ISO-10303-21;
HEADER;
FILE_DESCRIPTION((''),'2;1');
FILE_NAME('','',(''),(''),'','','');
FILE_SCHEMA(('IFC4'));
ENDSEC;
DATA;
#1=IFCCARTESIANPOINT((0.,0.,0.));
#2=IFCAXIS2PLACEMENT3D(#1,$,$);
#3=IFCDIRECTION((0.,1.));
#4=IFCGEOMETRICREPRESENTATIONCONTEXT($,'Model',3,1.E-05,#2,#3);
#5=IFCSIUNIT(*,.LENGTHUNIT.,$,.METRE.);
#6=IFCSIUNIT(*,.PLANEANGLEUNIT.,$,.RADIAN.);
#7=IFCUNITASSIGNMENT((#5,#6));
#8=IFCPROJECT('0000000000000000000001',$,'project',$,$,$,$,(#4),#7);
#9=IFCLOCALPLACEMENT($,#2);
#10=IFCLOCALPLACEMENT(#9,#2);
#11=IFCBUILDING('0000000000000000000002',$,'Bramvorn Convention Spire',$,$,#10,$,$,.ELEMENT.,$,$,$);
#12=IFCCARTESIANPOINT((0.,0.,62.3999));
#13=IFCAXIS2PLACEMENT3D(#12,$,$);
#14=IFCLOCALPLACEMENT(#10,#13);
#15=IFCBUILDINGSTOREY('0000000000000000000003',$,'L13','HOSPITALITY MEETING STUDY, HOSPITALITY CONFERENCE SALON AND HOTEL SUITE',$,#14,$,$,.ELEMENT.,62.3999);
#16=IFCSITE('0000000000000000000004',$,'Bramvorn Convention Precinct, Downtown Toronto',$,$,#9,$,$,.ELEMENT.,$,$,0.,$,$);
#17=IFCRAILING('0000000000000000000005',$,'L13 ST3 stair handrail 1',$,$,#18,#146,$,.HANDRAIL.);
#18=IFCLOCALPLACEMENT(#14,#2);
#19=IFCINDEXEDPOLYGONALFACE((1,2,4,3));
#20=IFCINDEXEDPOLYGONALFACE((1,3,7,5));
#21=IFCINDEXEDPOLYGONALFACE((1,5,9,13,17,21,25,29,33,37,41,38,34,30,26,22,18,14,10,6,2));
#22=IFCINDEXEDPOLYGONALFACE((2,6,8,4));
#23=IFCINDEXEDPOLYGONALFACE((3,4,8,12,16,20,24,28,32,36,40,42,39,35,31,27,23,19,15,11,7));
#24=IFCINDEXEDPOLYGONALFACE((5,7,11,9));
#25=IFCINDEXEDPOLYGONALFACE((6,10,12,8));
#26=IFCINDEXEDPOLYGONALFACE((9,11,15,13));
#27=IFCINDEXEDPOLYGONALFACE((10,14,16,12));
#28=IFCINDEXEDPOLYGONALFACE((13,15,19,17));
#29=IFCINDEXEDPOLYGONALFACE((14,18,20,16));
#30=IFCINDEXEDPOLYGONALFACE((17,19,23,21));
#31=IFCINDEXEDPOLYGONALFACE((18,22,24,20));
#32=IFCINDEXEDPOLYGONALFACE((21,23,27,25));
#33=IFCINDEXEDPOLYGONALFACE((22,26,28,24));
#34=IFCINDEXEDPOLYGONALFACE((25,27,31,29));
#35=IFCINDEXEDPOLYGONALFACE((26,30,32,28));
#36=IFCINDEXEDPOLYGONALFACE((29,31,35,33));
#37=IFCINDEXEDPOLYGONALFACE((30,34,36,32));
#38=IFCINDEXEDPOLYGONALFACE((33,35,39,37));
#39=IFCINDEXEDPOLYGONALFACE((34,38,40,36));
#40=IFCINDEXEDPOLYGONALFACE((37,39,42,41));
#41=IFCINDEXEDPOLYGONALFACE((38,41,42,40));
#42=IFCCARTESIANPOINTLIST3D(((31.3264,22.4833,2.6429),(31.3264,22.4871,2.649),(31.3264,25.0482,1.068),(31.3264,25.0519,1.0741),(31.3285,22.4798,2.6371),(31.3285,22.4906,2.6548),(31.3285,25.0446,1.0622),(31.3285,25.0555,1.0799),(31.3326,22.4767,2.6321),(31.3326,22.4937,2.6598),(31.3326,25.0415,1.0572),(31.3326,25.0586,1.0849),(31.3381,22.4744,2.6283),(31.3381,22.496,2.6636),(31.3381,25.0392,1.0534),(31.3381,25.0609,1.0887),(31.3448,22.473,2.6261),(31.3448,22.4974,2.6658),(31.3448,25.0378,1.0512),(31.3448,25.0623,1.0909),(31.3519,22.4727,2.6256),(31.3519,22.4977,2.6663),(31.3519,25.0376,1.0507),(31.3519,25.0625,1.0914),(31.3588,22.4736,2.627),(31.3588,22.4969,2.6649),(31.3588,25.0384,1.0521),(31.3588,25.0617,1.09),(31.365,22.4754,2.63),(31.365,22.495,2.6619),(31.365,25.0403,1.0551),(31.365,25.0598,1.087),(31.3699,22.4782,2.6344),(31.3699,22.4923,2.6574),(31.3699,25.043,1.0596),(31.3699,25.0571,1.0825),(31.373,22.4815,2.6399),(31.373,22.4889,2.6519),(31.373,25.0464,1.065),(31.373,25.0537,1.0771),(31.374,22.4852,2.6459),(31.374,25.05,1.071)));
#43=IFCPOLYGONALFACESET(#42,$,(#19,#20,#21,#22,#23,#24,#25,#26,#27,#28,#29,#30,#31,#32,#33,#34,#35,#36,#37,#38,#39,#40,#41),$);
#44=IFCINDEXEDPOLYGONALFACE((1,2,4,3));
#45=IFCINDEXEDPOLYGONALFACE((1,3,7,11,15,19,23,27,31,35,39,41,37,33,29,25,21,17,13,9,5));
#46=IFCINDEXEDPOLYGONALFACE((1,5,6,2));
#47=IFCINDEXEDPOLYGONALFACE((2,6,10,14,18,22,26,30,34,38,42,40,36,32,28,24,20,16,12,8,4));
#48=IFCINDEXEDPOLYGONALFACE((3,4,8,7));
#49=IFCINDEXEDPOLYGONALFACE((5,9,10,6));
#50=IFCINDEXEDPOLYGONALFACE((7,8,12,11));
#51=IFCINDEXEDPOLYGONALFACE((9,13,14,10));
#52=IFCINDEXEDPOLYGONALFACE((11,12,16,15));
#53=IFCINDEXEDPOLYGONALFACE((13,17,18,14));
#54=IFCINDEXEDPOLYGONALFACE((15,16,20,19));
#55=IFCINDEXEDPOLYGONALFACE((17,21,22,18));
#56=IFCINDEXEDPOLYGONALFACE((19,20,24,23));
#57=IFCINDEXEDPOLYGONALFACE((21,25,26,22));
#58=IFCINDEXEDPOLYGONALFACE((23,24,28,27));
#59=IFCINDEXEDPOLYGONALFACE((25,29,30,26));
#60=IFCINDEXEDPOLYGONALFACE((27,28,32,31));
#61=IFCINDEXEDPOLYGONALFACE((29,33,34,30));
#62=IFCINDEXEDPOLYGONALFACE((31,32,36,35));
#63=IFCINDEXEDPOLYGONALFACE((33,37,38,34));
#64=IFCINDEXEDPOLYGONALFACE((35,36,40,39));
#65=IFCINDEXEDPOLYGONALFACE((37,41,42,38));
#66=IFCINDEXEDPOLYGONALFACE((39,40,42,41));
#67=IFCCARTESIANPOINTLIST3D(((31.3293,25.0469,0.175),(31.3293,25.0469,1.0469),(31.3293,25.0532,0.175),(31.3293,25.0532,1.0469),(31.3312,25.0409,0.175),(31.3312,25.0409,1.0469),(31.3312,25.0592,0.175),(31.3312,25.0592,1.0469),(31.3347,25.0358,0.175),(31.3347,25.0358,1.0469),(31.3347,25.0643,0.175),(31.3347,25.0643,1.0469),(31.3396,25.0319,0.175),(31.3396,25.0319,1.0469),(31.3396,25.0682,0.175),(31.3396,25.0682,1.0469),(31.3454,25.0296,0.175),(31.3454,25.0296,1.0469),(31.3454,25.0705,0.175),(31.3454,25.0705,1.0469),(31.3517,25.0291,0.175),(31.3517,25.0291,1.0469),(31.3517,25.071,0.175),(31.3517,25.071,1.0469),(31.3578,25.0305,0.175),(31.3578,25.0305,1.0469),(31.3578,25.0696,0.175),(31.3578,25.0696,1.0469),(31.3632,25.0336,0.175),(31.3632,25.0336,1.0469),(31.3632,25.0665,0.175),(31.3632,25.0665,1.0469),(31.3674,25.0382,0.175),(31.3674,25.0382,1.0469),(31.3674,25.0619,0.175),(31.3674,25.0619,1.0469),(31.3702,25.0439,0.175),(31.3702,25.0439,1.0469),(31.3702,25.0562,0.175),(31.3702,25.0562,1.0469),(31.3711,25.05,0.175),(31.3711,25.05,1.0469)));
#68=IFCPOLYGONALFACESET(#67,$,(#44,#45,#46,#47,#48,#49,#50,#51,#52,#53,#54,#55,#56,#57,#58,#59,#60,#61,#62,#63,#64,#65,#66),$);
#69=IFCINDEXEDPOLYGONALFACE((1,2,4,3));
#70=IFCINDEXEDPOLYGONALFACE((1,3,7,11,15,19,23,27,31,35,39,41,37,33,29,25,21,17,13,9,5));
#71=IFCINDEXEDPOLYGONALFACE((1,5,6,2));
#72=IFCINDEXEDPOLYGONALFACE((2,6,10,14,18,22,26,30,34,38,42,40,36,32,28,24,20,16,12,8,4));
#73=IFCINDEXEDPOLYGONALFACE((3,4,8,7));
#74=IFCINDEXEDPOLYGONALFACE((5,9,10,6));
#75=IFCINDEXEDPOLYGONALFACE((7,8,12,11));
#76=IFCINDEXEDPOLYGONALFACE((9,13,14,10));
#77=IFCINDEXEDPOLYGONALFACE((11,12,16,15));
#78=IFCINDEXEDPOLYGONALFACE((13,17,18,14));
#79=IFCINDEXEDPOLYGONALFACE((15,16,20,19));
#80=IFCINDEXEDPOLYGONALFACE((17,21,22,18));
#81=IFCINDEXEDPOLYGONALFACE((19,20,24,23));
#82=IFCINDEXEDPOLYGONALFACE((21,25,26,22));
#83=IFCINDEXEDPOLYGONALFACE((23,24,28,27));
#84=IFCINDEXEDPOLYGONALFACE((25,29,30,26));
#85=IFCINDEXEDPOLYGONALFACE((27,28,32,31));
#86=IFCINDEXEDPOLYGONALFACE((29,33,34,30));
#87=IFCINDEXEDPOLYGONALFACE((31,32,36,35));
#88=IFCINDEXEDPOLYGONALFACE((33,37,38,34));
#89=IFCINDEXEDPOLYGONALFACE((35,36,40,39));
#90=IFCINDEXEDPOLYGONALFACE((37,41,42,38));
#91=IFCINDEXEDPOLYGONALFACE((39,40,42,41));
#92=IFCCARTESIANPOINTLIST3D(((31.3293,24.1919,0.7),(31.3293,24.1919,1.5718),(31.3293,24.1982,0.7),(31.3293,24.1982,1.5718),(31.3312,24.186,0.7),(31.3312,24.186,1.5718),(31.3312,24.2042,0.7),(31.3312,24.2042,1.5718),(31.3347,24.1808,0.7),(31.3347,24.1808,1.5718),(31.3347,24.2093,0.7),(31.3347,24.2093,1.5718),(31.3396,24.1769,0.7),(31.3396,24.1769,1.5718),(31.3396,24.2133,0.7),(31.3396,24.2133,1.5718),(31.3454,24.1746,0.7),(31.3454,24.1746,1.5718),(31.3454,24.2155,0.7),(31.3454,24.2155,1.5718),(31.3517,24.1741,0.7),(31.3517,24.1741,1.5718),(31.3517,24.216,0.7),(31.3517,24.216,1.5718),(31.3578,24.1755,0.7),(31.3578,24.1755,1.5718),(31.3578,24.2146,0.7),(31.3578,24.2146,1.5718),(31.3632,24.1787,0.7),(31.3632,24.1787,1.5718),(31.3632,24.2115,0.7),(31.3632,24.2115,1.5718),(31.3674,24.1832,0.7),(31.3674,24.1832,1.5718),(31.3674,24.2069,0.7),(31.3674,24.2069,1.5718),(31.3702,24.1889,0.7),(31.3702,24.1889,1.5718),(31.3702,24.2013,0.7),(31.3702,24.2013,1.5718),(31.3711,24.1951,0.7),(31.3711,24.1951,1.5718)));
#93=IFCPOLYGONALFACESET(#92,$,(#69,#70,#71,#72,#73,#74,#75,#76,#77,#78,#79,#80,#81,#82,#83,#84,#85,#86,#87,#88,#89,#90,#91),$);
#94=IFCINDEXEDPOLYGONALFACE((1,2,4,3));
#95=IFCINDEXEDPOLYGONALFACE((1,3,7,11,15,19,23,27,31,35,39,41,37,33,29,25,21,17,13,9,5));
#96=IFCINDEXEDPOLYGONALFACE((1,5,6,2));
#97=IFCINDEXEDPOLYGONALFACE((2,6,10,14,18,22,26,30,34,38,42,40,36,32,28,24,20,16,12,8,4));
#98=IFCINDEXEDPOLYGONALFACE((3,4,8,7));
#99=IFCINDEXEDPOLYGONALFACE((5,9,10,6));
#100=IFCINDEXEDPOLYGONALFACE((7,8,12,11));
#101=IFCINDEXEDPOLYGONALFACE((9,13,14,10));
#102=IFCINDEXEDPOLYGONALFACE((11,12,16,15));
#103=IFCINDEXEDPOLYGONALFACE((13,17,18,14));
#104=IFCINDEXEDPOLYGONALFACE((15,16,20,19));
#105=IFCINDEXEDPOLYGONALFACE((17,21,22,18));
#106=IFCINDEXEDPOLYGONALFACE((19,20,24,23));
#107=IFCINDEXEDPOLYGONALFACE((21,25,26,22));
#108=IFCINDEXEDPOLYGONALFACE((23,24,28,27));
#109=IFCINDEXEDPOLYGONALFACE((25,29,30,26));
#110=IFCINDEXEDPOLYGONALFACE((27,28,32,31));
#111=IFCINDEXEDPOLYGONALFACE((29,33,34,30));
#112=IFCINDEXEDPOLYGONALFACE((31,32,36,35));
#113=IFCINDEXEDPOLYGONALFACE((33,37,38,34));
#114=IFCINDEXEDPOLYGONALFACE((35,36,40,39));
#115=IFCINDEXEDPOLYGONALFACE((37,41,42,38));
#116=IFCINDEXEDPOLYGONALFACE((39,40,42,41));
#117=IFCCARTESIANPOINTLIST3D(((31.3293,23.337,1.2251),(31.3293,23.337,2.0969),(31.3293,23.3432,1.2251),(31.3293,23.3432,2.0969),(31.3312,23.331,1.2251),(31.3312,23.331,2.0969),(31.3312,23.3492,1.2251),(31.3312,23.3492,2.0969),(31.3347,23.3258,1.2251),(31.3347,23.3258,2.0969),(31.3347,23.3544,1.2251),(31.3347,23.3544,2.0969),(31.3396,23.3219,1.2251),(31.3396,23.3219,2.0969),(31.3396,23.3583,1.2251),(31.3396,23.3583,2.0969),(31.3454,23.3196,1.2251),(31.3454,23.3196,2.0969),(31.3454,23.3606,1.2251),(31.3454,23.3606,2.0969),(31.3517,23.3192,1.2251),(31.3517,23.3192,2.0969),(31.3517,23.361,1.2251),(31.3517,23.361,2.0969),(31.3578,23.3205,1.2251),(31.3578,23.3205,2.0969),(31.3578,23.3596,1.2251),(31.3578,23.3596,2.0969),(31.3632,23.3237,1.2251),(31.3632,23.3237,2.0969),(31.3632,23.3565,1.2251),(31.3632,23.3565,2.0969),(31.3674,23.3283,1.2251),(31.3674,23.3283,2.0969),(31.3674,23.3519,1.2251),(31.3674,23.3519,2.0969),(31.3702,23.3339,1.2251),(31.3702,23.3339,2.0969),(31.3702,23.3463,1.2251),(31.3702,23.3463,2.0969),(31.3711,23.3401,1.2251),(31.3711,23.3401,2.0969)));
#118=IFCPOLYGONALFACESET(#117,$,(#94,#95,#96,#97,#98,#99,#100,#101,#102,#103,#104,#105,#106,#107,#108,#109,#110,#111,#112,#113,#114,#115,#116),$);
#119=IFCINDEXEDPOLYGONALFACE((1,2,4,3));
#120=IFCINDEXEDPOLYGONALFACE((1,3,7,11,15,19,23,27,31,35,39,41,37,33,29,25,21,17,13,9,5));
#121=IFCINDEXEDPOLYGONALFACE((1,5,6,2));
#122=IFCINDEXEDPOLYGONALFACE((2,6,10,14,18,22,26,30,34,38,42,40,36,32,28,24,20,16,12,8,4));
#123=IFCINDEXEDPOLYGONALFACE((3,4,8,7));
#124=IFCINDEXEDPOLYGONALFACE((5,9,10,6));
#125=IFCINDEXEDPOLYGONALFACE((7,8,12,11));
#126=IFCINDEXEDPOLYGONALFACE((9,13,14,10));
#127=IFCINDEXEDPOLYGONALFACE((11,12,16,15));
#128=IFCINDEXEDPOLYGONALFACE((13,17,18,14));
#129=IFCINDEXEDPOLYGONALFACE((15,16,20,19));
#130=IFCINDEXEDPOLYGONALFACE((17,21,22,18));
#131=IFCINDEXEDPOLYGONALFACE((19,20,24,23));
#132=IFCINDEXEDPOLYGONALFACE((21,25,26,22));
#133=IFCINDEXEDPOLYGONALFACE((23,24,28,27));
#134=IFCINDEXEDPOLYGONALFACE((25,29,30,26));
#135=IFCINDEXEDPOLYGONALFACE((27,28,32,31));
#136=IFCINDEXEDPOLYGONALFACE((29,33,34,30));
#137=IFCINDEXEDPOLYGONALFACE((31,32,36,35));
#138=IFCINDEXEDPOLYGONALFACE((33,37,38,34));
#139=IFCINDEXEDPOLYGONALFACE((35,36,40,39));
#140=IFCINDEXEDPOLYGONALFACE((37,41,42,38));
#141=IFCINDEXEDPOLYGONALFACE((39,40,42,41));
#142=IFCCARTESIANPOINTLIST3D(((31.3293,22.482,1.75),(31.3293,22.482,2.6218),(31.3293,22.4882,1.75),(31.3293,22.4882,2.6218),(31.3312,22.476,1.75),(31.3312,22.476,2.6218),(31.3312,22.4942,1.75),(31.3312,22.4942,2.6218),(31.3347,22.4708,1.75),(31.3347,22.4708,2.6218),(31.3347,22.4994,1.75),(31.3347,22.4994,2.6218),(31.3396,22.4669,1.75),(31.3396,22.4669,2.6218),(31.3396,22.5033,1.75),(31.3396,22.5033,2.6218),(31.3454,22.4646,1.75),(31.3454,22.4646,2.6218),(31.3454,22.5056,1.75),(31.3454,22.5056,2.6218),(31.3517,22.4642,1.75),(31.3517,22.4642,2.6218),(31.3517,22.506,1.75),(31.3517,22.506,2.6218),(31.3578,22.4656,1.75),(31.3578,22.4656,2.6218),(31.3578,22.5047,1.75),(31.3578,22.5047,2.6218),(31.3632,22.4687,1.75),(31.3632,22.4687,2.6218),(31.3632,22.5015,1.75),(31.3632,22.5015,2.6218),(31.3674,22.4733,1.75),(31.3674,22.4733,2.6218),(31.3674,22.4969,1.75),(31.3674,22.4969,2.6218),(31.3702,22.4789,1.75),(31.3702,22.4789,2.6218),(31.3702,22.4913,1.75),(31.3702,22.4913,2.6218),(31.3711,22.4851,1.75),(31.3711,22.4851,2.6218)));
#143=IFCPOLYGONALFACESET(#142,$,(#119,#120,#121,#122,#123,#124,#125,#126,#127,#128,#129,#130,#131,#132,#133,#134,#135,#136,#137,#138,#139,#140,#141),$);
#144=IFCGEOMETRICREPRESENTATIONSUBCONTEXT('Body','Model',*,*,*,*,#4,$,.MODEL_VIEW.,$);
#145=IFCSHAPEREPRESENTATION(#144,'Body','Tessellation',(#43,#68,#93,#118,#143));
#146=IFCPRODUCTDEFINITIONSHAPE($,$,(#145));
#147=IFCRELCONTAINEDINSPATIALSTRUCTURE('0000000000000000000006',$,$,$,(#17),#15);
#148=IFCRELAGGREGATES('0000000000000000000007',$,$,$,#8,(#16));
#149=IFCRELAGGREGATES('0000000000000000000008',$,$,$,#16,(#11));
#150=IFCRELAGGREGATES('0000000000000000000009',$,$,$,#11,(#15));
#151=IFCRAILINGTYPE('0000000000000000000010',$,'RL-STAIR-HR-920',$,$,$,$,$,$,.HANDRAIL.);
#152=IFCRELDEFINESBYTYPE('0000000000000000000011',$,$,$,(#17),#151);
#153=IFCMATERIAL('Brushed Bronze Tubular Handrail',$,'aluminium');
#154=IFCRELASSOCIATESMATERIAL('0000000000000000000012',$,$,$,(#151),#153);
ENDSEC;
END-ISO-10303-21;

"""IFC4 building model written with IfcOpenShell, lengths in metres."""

from ifc_helpers import new_model, si_unit, direction, frame, origin, origin_2d, place, context, subcontext, project, spatial, circle, extrude, material, type_object, element, save


model = new_model("IFC4")

# Units and contexts
model_context = context("Model", 3, precision=1e-05, world=origin(), true_north=direction((0.0, 1.0)))
body_context = subcontext(model_context, "Body", "Model", "MODEL_VIEW")
ifc_project = project(units=[si_unit("LENGTHUNIT", "METRE"), si_unit("PLANEANGLEUNIT", "RADIAN")], contexts=[model_context])

# Site, building, storey
site_placement = place(None, origin())
site = spatial("IfcSite", under=ifc_project, at=site_placement, Name="Bramvorn Convention Precinct, Downtown Toronto", CompositionType="ELEMENT", RefElevation=0.0)
building_placement = place(site_placement, origin())
building = spatial("IfcBuilding", under=site, at=building_placement, Name="Bramvorn Convention Spire", CompositionType="ELEMENT")
storey_placement = place(building_placement, frame((0.0, 0.0, 62.3999)))
storey = spatial("IfcBuildingStorey", under=building, at=storey_placement, Name="L13", Description="HOSPITALITY MEETING STUDY, HOSPITALITY CONFERENCE SALON AND HOTEL SUITE", CompositionType="ELEMENT", Elevation=62.3999)

# Railing
ifc_material_1 = material(Name="Brushed Bronze Tubular Handrail", Category="aluminium")
railing_type_1 = type_object("IfcRailingType", Name="RL-STAIR-HR-920", PredefinedType="HANDRAIL", material=ifc_material_1)
for number, where, name in (
    (1, (31.3501, 25.05, 0.175), "L13 ST3 stair handrail 1"),
):
    element("IfcRailing", number, at=place(storey_placement, frame(where)), inside=storey, type_object=railing_type_1, Name=name, PredefinedType="HANDRAIL", context=body_context, shape_type="SweptSolid", body=[
        extrude(circle(Radius=0.0239, at=origin_2d()), frame((0.0, 0.0, 0.896), z_axis=(0.0, -0.852173, 0.52326), x_axis=(1.0, 0.0, 0.0)), (0.0, 0.0, 1.0), 3.0098),
        extrude(circle(Radius=0.021, at=origin_2d()), origin(), (0.0, 0.0, 1.0), 0.8718),
        extrude(circle(Radius=0.021, at=origin_2d()), frame((0.0, -0.855, 0.5249)), (0.0, 0.0, 1.0), 0.8718),
        extrude(circle(Radius=0.021, at=origin_2d()), frame((0.0, -1.71, 1.05)), (0.0, 0.0, 1.0), 0.8718),
        extrude(circle(Radius=0.021, at=origin_2d()), frame((0.0, -2.5649, 1.575)), (0.0, 0.0, 1.0), 0.8718),
    ])

save(model, "model.ifc")
